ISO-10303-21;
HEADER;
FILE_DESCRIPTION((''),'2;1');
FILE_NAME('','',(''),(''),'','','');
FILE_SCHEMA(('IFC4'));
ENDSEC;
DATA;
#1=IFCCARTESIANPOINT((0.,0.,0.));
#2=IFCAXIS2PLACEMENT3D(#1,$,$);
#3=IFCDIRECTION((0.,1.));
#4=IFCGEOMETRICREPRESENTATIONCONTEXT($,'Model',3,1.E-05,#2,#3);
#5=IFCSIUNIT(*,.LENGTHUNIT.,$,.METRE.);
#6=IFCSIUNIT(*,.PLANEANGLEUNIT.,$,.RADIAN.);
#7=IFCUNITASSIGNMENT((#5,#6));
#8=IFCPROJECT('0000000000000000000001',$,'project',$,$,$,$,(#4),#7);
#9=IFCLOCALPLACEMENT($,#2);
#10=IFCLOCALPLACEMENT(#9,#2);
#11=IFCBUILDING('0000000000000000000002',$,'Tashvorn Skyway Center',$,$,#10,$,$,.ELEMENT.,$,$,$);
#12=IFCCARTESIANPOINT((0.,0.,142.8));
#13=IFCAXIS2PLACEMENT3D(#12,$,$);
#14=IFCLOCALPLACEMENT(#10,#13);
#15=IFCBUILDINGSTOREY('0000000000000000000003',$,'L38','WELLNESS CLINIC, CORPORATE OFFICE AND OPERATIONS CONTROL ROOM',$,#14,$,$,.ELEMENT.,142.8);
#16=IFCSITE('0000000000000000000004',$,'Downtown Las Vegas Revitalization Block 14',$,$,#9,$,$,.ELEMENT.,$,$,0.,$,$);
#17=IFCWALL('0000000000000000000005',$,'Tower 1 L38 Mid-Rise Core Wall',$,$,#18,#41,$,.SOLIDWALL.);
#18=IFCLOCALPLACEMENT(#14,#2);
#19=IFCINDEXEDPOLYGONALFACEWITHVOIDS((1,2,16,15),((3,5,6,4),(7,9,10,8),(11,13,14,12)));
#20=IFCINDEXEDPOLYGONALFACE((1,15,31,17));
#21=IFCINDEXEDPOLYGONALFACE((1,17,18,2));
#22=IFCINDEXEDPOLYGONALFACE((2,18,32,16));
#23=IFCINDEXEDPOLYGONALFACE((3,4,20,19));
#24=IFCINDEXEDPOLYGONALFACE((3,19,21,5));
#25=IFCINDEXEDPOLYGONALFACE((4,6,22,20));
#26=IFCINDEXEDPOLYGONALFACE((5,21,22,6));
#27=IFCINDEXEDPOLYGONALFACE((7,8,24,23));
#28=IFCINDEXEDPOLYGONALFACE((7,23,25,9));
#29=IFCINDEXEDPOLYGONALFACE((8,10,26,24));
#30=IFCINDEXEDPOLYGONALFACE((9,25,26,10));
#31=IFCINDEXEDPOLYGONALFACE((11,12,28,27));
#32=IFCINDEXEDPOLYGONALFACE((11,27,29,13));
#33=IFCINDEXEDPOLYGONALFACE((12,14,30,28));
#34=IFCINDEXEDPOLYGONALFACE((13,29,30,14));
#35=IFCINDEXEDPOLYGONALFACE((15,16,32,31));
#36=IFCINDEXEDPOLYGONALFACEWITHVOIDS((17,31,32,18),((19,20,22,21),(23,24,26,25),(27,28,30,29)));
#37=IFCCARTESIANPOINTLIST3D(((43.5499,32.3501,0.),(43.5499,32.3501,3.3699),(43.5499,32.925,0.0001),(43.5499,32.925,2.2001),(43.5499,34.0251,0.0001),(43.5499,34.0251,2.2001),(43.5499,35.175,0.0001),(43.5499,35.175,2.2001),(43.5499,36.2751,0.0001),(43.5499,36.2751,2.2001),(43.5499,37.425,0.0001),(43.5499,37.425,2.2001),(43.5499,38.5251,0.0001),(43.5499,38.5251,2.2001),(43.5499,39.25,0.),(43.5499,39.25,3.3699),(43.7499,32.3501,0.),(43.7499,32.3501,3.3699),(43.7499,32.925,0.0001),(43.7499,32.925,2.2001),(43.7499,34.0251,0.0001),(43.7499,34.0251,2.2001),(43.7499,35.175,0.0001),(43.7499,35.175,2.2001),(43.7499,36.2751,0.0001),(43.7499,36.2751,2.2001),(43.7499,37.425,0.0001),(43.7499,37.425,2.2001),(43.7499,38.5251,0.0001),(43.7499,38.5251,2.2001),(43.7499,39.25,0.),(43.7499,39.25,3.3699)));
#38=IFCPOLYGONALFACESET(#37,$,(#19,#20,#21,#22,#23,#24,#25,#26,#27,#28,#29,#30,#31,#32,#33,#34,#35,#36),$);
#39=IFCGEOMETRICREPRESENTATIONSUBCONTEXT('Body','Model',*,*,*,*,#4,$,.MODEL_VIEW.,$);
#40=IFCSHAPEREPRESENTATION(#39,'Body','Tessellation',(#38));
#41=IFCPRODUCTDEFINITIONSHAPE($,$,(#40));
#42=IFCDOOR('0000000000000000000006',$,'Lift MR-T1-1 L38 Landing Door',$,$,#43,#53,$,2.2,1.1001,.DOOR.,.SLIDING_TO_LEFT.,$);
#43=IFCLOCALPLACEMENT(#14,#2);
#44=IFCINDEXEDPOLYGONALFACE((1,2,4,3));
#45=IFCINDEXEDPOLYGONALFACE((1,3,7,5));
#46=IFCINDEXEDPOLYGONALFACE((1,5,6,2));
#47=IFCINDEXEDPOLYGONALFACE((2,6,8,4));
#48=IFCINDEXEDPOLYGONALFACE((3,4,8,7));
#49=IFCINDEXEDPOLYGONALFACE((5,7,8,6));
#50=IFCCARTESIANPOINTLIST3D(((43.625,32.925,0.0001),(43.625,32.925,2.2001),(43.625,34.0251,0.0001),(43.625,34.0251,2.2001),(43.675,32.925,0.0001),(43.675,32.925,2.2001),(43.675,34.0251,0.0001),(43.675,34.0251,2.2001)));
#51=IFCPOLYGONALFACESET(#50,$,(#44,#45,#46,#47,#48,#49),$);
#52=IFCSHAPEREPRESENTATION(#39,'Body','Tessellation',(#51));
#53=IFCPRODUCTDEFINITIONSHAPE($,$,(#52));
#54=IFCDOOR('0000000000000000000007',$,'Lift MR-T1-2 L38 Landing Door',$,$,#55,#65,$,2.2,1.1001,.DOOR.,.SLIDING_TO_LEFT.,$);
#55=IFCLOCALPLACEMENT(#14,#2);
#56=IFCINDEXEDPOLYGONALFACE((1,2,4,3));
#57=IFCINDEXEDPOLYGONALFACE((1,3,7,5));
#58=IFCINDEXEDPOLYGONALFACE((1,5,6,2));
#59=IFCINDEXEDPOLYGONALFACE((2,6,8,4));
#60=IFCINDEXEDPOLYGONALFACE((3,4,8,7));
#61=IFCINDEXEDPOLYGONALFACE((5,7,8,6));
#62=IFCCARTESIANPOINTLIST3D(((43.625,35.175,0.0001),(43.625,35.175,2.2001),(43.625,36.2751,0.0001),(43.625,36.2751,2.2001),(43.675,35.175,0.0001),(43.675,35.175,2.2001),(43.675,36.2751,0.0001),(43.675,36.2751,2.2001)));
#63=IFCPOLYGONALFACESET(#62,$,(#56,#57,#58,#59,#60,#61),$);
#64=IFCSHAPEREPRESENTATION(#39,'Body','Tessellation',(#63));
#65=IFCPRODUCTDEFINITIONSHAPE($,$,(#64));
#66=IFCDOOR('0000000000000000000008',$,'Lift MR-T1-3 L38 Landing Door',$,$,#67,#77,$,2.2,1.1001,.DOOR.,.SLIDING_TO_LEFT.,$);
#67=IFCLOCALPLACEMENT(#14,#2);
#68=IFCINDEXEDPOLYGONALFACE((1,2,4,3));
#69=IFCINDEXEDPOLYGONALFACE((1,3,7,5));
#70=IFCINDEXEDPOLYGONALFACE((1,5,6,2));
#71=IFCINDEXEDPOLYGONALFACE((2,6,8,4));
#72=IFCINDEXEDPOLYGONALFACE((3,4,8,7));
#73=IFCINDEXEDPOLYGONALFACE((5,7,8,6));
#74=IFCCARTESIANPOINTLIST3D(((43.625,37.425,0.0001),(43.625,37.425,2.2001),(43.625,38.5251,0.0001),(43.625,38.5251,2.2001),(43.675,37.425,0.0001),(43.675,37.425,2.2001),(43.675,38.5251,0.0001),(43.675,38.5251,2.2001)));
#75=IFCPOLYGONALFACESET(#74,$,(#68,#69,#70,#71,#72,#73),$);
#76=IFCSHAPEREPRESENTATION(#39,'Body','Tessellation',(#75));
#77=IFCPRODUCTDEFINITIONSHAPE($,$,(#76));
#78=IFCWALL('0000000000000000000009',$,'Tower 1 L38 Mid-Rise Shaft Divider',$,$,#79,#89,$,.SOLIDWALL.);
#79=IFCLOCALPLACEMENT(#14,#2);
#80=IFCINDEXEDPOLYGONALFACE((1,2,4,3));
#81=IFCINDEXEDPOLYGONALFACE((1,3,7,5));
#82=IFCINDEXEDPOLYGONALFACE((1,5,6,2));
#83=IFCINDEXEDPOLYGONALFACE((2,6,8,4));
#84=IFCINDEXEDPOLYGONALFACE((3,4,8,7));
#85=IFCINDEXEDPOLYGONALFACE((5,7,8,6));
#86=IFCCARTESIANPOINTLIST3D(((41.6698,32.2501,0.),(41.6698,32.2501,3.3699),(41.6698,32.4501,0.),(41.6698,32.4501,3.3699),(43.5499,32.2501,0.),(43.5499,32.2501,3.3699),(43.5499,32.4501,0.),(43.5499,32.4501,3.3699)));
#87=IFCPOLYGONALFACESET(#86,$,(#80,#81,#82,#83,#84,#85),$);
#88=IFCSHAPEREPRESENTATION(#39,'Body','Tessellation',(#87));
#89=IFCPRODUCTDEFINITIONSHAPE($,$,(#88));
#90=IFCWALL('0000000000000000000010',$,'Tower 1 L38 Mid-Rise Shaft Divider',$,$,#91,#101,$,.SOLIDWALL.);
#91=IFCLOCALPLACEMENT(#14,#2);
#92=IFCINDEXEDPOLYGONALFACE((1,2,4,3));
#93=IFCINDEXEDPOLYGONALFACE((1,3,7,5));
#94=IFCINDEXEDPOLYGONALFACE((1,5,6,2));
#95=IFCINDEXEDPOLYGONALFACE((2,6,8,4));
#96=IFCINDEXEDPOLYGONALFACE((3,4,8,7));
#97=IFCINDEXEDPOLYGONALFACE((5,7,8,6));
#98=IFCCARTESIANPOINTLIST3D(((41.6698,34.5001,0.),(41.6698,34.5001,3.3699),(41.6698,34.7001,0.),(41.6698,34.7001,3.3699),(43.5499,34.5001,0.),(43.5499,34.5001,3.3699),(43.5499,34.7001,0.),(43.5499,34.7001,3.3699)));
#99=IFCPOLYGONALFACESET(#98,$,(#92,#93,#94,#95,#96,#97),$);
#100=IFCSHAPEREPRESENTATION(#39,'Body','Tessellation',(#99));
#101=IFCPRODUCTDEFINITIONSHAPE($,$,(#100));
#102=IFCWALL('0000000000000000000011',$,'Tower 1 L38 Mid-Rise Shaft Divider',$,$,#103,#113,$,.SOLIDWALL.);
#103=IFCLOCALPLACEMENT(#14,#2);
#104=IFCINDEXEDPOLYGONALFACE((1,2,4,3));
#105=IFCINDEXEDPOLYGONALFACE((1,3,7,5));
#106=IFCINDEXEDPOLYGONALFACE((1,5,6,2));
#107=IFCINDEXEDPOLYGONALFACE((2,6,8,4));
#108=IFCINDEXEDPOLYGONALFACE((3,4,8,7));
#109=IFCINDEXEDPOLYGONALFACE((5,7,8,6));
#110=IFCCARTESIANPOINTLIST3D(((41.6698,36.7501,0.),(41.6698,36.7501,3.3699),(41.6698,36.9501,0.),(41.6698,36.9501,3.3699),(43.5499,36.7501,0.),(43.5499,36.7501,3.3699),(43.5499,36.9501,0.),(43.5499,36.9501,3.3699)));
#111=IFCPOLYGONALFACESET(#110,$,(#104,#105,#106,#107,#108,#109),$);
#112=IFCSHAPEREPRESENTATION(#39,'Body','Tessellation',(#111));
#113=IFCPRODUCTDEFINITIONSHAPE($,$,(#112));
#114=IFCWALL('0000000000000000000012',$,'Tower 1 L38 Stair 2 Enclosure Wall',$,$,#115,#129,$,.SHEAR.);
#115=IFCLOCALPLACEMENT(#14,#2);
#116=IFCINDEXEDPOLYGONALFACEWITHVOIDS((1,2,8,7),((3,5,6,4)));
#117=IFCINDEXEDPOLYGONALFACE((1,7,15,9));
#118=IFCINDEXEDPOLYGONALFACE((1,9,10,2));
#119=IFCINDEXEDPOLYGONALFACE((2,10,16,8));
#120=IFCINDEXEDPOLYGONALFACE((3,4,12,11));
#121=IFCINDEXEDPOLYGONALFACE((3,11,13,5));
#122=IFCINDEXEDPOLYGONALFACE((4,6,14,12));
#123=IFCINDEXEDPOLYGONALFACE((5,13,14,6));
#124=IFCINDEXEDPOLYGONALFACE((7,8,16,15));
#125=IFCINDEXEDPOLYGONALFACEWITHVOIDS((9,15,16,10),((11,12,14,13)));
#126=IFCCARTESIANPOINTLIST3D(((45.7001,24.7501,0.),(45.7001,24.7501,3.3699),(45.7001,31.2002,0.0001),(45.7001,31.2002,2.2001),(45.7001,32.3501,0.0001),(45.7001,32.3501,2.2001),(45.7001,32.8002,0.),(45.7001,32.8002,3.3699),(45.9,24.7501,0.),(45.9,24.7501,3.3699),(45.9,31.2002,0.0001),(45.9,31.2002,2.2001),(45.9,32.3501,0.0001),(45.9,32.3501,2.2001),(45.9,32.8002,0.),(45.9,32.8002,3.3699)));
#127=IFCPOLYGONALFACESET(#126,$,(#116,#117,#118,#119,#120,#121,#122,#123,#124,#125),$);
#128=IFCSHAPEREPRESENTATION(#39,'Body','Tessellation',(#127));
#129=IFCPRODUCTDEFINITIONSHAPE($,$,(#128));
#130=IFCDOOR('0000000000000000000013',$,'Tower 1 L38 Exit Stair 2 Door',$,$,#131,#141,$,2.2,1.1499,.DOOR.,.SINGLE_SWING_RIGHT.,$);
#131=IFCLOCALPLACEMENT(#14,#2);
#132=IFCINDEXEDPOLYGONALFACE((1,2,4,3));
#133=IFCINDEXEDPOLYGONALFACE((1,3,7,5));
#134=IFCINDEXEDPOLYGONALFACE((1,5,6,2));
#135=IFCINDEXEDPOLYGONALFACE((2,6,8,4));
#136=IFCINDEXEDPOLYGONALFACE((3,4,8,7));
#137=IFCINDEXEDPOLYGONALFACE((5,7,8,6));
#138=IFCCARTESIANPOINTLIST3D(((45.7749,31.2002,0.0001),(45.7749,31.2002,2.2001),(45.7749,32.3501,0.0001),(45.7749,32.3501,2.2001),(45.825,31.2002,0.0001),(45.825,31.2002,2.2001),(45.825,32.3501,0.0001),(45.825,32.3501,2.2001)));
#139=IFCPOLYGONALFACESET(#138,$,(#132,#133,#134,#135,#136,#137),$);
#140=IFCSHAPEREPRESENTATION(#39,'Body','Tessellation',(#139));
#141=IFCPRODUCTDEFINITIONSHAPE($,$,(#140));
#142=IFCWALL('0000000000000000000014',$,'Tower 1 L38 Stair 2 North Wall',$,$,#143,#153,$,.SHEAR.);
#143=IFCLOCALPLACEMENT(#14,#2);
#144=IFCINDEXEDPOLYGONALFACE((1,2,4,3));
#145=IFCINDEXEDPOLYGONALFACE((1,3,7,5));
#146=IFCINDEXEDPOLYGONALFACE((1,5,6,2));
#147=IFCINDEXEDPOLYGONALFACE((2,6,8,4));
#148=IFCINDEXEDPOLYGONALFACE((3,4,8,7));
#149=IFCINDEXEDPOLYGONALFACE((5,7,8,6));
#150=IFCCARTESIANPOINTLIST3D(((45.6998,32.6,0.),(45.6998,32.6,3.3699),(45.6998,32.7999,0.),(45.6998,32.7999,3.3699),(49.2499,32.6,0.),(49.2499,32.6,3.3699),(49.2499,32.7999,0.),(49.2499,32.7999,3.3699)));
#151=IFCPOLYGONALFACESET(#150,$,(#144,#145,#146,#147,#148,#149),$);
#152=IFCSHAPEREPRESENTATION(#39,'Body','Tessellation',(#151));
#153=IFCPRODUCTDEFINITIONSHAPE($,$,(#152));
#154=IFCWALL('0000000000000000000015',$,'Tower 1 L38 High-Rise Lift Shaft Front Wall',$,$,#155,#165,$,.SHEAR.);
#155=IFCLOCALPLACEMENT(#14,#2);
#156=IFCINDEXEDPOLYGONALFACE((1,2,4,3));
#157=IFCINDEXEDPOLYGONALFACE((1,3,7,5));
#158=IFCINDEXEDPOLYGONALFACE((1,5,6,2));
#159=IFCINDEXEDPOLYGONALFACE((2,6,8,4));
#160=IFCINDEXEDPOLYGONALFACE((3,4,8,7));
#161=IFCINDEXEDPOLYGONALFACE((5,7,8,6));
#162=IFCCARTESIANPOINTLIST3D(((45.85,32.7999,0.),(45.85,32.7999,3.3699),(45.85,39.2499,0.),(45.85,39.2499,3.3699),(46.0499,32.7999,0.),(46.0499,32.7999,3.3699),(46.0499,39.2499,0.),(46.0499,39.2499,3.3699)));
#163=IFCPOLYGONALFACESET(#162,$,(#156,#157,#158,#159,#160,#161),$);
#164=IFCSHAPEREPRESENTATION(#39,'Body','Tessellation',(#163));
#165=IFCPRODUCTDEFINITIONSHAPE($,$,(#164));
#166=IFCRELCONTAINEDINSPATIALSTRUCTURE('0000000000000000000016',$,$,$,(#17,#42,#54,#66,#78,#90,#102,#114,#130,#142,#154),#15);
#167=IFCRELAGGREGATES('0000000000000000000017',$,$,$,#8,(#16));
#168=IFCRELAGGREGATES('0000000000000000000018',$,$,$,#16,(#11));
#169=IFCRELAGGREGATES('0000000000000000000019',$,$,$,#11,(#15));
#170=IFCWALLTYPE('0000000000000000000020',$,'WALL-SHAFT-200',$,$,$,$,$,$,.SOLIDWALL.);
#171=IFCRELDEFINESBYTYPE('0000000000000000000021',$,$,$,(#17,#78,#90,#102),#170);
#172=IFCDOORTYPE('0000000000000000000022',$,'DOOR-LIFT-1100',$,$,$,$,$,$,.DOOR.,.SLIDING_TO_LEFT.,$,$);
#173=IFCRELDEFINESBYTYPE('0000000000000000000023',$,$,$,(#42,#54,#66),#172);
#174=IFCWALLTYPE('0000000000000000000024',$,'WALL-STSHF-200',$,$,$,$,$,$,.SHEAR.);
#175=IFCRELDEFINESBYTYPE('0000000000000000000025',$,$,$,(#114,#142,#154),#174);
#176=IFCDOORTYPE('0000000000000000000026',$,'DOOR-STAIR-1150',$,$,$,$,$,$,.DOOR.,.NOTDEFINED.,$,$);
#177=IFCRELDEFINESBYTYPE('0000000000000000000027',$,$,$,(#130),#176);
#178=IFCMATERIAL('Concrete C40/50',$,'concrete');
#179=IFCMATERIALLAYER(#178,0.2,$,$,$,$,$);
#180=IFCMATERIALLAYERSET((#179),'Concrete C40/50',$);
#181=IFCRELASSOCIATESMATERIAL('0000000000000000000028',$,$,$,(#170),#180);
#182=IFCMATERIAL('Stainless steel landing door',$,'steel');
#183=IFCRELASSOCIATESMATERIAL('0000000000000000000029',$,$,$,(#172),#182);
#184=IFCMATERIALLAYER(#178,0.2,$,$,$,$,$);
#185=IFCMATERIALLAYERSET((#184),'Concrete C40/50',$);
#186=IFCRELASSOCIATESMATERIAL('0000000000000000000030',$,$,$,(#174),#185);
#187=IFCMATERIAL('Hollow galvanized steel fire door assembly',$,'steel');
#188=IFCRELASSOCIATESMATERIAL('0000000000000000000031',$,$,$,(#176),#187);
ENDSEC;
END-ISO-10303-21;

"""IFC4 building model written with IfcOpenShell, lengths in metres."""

from ifc_helpers import new_model, si_unit, direction, frame, frame_2d, origin, place, context, subcontext, project, spatial, rectangle, extrude, material, layer, layer_set, type_object, element, fill, save


model = new_model("IFC4")

# Units and contexts
model_context = context("Model", 3, precision=1e-05, world=origin(), true_north=direction((0.0, 1.0)))
body_context = subcontext(model_context, "Body", "Model", "MODEL_VIEW")
ifc_project = project(units=[si_unit("LENGTHUNIT", "METRE"), si_unit("PLANEANGLEUNIT", "RADIAN")], contexts=[model_context])

# Site, building, storey
site_placement = place(None, origin())
site = spatial("IfcSite", under=ifc_project, at=site_placement, Name="Downtown Las Vegas Revitalization Block 14", CompositionType="ELEMENT", RefElevation=0.0)
building_placement = place(site_placement, origin())
building = spatial("IfcBuilding", under=site, at=building_placement, Name="Tashvorn Skyway Center", CompositionType="ELEMENT")
storey_placement = place(building_placement, frame((0.0, 0.0, 142.8)))
storey = spatial("IfcBuildingStorey", under=building, at=storey_placement, Name="L38", Description="WELLNESS CLINIC, CORPORATE OFFICE AND OPERATIONS CONTROL ROOM", CompositionType="ELEMENT", Elevation=142.8)

# Shared definitions
ifc_material_1 = material(Name="Concrete C40/50", Category="concrete")
ifc_material_2 = material(Name="Hollow galvanized steel fire door assembly", Category="steel")

# Shared definitions
ifc_layer_1 = layer(ifc_material_1, 0.2)
ifc_layer_set_1 = layer_set([ifc_layer_1], Name="Concrete C40/50")
wall_type_1 = type_object("IfcWallType", Name="WALL-SHAFT-200", PredefinedType="SOLIDWALL", material=ifc_layer_set_1)

# Wall, openings, doors
wall_1_placement = place(storey_placement, frame((43.6499, 32.3501, 0.0), z_axis=(0.0, 0.0, 1.0), x_axis=(0.0, 1.0, 0.0)))
wall_1 = element("IfcWall", 1, at=wall_1_placement, inside=storey, type_object=wall_type_1, Name="Tower 1 L38 Mid-Rise Core Wall", PredefinedType="SOLIDWALL", context=body_context, shape_type="SweptSolid", body=[
    extrude(rectangle(XDim=6.8999, YDim=0.2, at=frame_2d((3.45, 0.0))), origin(), (0.0, 0.0, 1.0), 3.3699),
])
opening_1_placement = place(wall_1_placement, frame((0.575, 0.0, 0.0)))
opening_1 = element("IfcOpeningElement", 2, at=opening_1_placement, cuts=wall_1, PredefinedType="OPENING", context=body_context, shape_type="SweptSolid", body=[
    extrude(rectangle(XDim=1.1001, YDim=2.2, at=frame_2d((0.55, 1.1001))), frame((0.0, 0.1099, 0.0), z_axis=(0.0, -1.0, 0.0), x_axis=(1.0, 0.0, 0.0)), (0.0, 0.0, 1.0), 0.22),
])
opening_2_placement = place(wall_1_placement, frame((2.825, 0.0, 0.0)))
opening_2 = element("IfcOpeningElement", 3, at=opening_2_placement, cuts=wall_1, PredefinedType="OPENING", context=body_context, shape_type="SweptSolid", body=[
    extrude(rectangle(XDim=1.1001, YDim=2.2, at=frame_2d((0.55, 1.1001))), frame((0.0, 0.1099, 0.0), z_axis=(0.0, -1.0, 0.0), x_axis=(1.0, 0.0, 0.0)), (0.0, 0.0, 1.0), 0.22),
])
opening_3_placement = place(wall_1_placement, frame((5.075, 0.0, 0.0)))
opening_3 = element("IfcOpeningElement", 4, at=opening_3_placement, cuts=wall_1, PredefinedType="OPENING", context=body_context, shape_type="SweptSolid", body=[
    extrude(rectangle(XDim=1.1001, YDim=2.2, at=frame_2d((0.55, 1.1001))), frame((0.0, 0.1099, 0.0), z_axis=(0.0, -1.0, 0.0), x_axis=(1.0, 0.0, 0.0)), (0.0, 0.0, 1.0), 0.22),
])
ifc_material_3 = material(Name="Stainless steel landing door", Category="steel")
door_type_1 = type_object("IfcDoorType", Name="DOOR-LIFT-1100", OperationType="SLIDING_TO_LEFT", PredefinedType="DOOR", material=ifc_material_3)
door_1_placement = place(opening_1_placement, origin())
door_1 = element("IfcDoor", 5, at=door_1_placement, inside=storey, type_object=door_type_1, Name="Lift MR-T1-1 L38 Landing Door", OperationType="SLIDING_TO_LEFT", OverallHeight=2.2, OverallWidth=1.1001, PredefinedType="DOOR", context=body_context, shape_type="SweptSolid", body=[
    extrude(rectangle(XDim=1.1001, YDim=2.2, at=frame_2d((0.55, 1.1001))), frame((0.0, 0.0249, 0.0), z_axis=(0.0, -1.0, 0.0), x_axis=(1.0, 0.0, 0.0)), (0.0, 0.0, 1.0), 0.05),
])
fill(opening_1, door_1)
door_2_placement = place(opening_2_placement, origin())
door_2 = element("IfcDoor", 6, at=door_2_placement, inside=storey, type_object=door_type_1, Name="Lift MR-T1-2 L38 Landing Door", OperationType="SLIDING_TO_LEFT", OverallHeight=2.2, OverallWidth=1.1001, PredefinedType="DOOR", context=body_context, shape_type="SweptSolid", body=[
    extrude(rectangle(XDim=1.1001, YDim=2.2, at=frame_2d((0.55, 1.1001))), frame((0.0, 0.0249, 0.0), z_axis=(0.0, -1.0, 0.0), x_axis=(1.0, 0.0, 0.0)), (0.0, 0.0, 1.0), 0.05),
])
fill(opening_2, door_2)
door_3_placement = place(opening_3_placement, origin())
door_3 = element("IfcDoor", 7, at=door_3_placement, inside=storey, type_object=door_type_1, Name="Lift MR-T1-3 L38 Landing Door", OperationType="SLIDING_TO_LEFT", OverallHeight=2.2, OverallWidth=1.1001, PredefinedType="DOOR", context=body_context, shape_type="SweptSolid", body=[
    extrude(rectangle(XDim=1.1001, YDim=2.2, at=frame_2d((0.55, 1.1001))), frame((0.0, 0.0249, 0.0), z_axis=(0.0, -1.0, 0.0), x_axis=(1.0, 0.0, 0.0)), (0.0, 0.0, 1.0), 0.05),
])
fill(opening_3, door_3)

# Walls
for number, where, z_axis, x_axis, name in (
    (8, (41.6699, 32.3501, 0.0), (0.0, 0.0, 1.0), (1.0, 0.0, 0.0), "Tower 1 L38 Mid-Rise Shaft Divider"),
    (9, (41.6699, 34.6001, 0.0), (0.0, 0.0, 1.0), (1.0, 0.0, 0.0), "Tower 1 L38 Mid-Rise Shaft Divider"),
    (10, (41.6699, 36.8501, 0.0), (0.0, 0.0, 1.0), (1.0, 0.0, 0.0), "Tower 1 L38 Mid-Rise Shaft Divider"),
):
    element("IfcWall", number, at=place(storey_placement, frame(where, z_axis=z_axis, x_axis=x_axis)), inside=storey, type_object=wall_type_1, Name=name, PredefinedType="SOLIDWALL", context=body_context, shape_type="SweptSolid", body=[
        extrude(rectangle(XDim=1.8801, YDim=0.2, at=frame_2d((0.9399, 0.0))), origin(), (0.0, 0.0, 1.0), 3.3699),
    ])

# Wall, opening, door
ifc_layer_2 = layer(ifc_material_1, 0.2)
ifc_layer_set_2 = layer_set([ifc_layer_2], Name="Concrete C40/50")
wall_type_2 = type_object("IfcWallType", Name="WALL-STSHF-200", PredefinedType="SHEAR", material=ifc_layer_set_2)
wall_2_placement = place(storey_placement, frame((45.8, 32.8, 0.0), z_axis=(0.0, 0.0, 1.0), x_axis=(0.0, -1.0, 0.0)))
wall_2 = element("IfcWall", 11, at=wall_2_placement, inside=storey, type_object=wall_type_2, Name="Tower 1 L38 Stair 2 Enclosure Wall", PredefinedType="SHEAR", context=body_context, shape_type="SweptSolid", body=[
    extrude(rectangle(XDim=8.05, YDim=0.2, at=frame_2d((4.0249, 0.0))), origin(), (0.0, 0.0, 1.0), 3.3699),
])
opening_4_placement = place(wall_2_placement, frame((0.45, 0.0, 0.0)))
opening_4 = element("IfcOpeningElement", 12, at=opening_4_placement, cuts=wall_2, PredefinedType="OPENING", context=body_context, shape_type="SweptSolid", body=[
    extrude(rectangle(XDim=1.1499, YDim=2.2, at=frame_2d((0.575, 1.1001))), frame((0.0, 0.1099, 0.0), z_axis=(0.0, -1.0, 0.0), x_axis=(1.0, 0.0, 0.0)), (0.0, 0.0, 1.0), 0.22),
])
door_type_2 = type_object("IfcDoorType", Name="DOOR-STAIR-1150", OperationType="NOTDEFINED", PredefinedType="DOOR", material=ifc_material_2)
door_4_placement = place(opening_4_placement, origin())
door_4 = element("IfcDoor", 13, at=door_4_placement, inside=storey, type_object=door_type_2, Name="Tower 1 L38 Exit Stair 2 Door", OperationType="SINGLE_SWING_RIGHT", OverallHeight=2.2, OverallWidth=1.1499, PredefinedType="DOOR", context=body_context, shape_type="SweptSolid", body=[
    extrude(rectangle(XDim=1.1499, YDim=2.2, at=frame_2d((0.575, 1.1001))), frame((0.0, 0.0249, 0.0), z_axis=(0.0, -1.0, 0.0), x_axis=(1.0, 0.0, 0.0)), (0.0, 0.0, 1.0), 0.05),
])
fill(opening_4, door_4)

# Walls
wall_3_placement = place(storey_placement, frame((45.7, 32.7, 0.0), z_axis=(0.0, 0.0, 1.0), x_axis=(1.0, 0.0, 0.0)))
element("IfcWall", 14, at=wall_3_placement, inside=storey, type_object=wall_type_2, Name="Tower 1 L38 Stair 2 North Wall", PredefinedType="SHEAR", context=body_context, shape_type="SweptSolid", body=[
    extrude(rectangle(XDim=3.55, YDim=0.2, at=frame_2d((1.7749, 0.0))), origin(), (0.0, 0.0, 1.0), 3.3699),
])
wall_4_placement = place(storey_placement, frame((45.95, 39.25, 0.0), z_axis=(0.0, 0.0, 1.0), x_axis=(0.0, -1.0, 0.0)))
element("IfcWall", 15, at=wall_4_placement, inside=storey, type_object=wall_type_2, Name="Tower 1 L38 High-Rise Lift Shaft Front Wall", PredefinedType="SHEAR", context=body_context, shape_type="SweptSolid", body=[
    extrude(rectangle(XDim=6.45, YDim=0.2, at=frame_2d((3.2251, 0.0))), origin(), (0.0, 0.0, 1.0), 3.3699),
])

save(model, "model.ifc")
